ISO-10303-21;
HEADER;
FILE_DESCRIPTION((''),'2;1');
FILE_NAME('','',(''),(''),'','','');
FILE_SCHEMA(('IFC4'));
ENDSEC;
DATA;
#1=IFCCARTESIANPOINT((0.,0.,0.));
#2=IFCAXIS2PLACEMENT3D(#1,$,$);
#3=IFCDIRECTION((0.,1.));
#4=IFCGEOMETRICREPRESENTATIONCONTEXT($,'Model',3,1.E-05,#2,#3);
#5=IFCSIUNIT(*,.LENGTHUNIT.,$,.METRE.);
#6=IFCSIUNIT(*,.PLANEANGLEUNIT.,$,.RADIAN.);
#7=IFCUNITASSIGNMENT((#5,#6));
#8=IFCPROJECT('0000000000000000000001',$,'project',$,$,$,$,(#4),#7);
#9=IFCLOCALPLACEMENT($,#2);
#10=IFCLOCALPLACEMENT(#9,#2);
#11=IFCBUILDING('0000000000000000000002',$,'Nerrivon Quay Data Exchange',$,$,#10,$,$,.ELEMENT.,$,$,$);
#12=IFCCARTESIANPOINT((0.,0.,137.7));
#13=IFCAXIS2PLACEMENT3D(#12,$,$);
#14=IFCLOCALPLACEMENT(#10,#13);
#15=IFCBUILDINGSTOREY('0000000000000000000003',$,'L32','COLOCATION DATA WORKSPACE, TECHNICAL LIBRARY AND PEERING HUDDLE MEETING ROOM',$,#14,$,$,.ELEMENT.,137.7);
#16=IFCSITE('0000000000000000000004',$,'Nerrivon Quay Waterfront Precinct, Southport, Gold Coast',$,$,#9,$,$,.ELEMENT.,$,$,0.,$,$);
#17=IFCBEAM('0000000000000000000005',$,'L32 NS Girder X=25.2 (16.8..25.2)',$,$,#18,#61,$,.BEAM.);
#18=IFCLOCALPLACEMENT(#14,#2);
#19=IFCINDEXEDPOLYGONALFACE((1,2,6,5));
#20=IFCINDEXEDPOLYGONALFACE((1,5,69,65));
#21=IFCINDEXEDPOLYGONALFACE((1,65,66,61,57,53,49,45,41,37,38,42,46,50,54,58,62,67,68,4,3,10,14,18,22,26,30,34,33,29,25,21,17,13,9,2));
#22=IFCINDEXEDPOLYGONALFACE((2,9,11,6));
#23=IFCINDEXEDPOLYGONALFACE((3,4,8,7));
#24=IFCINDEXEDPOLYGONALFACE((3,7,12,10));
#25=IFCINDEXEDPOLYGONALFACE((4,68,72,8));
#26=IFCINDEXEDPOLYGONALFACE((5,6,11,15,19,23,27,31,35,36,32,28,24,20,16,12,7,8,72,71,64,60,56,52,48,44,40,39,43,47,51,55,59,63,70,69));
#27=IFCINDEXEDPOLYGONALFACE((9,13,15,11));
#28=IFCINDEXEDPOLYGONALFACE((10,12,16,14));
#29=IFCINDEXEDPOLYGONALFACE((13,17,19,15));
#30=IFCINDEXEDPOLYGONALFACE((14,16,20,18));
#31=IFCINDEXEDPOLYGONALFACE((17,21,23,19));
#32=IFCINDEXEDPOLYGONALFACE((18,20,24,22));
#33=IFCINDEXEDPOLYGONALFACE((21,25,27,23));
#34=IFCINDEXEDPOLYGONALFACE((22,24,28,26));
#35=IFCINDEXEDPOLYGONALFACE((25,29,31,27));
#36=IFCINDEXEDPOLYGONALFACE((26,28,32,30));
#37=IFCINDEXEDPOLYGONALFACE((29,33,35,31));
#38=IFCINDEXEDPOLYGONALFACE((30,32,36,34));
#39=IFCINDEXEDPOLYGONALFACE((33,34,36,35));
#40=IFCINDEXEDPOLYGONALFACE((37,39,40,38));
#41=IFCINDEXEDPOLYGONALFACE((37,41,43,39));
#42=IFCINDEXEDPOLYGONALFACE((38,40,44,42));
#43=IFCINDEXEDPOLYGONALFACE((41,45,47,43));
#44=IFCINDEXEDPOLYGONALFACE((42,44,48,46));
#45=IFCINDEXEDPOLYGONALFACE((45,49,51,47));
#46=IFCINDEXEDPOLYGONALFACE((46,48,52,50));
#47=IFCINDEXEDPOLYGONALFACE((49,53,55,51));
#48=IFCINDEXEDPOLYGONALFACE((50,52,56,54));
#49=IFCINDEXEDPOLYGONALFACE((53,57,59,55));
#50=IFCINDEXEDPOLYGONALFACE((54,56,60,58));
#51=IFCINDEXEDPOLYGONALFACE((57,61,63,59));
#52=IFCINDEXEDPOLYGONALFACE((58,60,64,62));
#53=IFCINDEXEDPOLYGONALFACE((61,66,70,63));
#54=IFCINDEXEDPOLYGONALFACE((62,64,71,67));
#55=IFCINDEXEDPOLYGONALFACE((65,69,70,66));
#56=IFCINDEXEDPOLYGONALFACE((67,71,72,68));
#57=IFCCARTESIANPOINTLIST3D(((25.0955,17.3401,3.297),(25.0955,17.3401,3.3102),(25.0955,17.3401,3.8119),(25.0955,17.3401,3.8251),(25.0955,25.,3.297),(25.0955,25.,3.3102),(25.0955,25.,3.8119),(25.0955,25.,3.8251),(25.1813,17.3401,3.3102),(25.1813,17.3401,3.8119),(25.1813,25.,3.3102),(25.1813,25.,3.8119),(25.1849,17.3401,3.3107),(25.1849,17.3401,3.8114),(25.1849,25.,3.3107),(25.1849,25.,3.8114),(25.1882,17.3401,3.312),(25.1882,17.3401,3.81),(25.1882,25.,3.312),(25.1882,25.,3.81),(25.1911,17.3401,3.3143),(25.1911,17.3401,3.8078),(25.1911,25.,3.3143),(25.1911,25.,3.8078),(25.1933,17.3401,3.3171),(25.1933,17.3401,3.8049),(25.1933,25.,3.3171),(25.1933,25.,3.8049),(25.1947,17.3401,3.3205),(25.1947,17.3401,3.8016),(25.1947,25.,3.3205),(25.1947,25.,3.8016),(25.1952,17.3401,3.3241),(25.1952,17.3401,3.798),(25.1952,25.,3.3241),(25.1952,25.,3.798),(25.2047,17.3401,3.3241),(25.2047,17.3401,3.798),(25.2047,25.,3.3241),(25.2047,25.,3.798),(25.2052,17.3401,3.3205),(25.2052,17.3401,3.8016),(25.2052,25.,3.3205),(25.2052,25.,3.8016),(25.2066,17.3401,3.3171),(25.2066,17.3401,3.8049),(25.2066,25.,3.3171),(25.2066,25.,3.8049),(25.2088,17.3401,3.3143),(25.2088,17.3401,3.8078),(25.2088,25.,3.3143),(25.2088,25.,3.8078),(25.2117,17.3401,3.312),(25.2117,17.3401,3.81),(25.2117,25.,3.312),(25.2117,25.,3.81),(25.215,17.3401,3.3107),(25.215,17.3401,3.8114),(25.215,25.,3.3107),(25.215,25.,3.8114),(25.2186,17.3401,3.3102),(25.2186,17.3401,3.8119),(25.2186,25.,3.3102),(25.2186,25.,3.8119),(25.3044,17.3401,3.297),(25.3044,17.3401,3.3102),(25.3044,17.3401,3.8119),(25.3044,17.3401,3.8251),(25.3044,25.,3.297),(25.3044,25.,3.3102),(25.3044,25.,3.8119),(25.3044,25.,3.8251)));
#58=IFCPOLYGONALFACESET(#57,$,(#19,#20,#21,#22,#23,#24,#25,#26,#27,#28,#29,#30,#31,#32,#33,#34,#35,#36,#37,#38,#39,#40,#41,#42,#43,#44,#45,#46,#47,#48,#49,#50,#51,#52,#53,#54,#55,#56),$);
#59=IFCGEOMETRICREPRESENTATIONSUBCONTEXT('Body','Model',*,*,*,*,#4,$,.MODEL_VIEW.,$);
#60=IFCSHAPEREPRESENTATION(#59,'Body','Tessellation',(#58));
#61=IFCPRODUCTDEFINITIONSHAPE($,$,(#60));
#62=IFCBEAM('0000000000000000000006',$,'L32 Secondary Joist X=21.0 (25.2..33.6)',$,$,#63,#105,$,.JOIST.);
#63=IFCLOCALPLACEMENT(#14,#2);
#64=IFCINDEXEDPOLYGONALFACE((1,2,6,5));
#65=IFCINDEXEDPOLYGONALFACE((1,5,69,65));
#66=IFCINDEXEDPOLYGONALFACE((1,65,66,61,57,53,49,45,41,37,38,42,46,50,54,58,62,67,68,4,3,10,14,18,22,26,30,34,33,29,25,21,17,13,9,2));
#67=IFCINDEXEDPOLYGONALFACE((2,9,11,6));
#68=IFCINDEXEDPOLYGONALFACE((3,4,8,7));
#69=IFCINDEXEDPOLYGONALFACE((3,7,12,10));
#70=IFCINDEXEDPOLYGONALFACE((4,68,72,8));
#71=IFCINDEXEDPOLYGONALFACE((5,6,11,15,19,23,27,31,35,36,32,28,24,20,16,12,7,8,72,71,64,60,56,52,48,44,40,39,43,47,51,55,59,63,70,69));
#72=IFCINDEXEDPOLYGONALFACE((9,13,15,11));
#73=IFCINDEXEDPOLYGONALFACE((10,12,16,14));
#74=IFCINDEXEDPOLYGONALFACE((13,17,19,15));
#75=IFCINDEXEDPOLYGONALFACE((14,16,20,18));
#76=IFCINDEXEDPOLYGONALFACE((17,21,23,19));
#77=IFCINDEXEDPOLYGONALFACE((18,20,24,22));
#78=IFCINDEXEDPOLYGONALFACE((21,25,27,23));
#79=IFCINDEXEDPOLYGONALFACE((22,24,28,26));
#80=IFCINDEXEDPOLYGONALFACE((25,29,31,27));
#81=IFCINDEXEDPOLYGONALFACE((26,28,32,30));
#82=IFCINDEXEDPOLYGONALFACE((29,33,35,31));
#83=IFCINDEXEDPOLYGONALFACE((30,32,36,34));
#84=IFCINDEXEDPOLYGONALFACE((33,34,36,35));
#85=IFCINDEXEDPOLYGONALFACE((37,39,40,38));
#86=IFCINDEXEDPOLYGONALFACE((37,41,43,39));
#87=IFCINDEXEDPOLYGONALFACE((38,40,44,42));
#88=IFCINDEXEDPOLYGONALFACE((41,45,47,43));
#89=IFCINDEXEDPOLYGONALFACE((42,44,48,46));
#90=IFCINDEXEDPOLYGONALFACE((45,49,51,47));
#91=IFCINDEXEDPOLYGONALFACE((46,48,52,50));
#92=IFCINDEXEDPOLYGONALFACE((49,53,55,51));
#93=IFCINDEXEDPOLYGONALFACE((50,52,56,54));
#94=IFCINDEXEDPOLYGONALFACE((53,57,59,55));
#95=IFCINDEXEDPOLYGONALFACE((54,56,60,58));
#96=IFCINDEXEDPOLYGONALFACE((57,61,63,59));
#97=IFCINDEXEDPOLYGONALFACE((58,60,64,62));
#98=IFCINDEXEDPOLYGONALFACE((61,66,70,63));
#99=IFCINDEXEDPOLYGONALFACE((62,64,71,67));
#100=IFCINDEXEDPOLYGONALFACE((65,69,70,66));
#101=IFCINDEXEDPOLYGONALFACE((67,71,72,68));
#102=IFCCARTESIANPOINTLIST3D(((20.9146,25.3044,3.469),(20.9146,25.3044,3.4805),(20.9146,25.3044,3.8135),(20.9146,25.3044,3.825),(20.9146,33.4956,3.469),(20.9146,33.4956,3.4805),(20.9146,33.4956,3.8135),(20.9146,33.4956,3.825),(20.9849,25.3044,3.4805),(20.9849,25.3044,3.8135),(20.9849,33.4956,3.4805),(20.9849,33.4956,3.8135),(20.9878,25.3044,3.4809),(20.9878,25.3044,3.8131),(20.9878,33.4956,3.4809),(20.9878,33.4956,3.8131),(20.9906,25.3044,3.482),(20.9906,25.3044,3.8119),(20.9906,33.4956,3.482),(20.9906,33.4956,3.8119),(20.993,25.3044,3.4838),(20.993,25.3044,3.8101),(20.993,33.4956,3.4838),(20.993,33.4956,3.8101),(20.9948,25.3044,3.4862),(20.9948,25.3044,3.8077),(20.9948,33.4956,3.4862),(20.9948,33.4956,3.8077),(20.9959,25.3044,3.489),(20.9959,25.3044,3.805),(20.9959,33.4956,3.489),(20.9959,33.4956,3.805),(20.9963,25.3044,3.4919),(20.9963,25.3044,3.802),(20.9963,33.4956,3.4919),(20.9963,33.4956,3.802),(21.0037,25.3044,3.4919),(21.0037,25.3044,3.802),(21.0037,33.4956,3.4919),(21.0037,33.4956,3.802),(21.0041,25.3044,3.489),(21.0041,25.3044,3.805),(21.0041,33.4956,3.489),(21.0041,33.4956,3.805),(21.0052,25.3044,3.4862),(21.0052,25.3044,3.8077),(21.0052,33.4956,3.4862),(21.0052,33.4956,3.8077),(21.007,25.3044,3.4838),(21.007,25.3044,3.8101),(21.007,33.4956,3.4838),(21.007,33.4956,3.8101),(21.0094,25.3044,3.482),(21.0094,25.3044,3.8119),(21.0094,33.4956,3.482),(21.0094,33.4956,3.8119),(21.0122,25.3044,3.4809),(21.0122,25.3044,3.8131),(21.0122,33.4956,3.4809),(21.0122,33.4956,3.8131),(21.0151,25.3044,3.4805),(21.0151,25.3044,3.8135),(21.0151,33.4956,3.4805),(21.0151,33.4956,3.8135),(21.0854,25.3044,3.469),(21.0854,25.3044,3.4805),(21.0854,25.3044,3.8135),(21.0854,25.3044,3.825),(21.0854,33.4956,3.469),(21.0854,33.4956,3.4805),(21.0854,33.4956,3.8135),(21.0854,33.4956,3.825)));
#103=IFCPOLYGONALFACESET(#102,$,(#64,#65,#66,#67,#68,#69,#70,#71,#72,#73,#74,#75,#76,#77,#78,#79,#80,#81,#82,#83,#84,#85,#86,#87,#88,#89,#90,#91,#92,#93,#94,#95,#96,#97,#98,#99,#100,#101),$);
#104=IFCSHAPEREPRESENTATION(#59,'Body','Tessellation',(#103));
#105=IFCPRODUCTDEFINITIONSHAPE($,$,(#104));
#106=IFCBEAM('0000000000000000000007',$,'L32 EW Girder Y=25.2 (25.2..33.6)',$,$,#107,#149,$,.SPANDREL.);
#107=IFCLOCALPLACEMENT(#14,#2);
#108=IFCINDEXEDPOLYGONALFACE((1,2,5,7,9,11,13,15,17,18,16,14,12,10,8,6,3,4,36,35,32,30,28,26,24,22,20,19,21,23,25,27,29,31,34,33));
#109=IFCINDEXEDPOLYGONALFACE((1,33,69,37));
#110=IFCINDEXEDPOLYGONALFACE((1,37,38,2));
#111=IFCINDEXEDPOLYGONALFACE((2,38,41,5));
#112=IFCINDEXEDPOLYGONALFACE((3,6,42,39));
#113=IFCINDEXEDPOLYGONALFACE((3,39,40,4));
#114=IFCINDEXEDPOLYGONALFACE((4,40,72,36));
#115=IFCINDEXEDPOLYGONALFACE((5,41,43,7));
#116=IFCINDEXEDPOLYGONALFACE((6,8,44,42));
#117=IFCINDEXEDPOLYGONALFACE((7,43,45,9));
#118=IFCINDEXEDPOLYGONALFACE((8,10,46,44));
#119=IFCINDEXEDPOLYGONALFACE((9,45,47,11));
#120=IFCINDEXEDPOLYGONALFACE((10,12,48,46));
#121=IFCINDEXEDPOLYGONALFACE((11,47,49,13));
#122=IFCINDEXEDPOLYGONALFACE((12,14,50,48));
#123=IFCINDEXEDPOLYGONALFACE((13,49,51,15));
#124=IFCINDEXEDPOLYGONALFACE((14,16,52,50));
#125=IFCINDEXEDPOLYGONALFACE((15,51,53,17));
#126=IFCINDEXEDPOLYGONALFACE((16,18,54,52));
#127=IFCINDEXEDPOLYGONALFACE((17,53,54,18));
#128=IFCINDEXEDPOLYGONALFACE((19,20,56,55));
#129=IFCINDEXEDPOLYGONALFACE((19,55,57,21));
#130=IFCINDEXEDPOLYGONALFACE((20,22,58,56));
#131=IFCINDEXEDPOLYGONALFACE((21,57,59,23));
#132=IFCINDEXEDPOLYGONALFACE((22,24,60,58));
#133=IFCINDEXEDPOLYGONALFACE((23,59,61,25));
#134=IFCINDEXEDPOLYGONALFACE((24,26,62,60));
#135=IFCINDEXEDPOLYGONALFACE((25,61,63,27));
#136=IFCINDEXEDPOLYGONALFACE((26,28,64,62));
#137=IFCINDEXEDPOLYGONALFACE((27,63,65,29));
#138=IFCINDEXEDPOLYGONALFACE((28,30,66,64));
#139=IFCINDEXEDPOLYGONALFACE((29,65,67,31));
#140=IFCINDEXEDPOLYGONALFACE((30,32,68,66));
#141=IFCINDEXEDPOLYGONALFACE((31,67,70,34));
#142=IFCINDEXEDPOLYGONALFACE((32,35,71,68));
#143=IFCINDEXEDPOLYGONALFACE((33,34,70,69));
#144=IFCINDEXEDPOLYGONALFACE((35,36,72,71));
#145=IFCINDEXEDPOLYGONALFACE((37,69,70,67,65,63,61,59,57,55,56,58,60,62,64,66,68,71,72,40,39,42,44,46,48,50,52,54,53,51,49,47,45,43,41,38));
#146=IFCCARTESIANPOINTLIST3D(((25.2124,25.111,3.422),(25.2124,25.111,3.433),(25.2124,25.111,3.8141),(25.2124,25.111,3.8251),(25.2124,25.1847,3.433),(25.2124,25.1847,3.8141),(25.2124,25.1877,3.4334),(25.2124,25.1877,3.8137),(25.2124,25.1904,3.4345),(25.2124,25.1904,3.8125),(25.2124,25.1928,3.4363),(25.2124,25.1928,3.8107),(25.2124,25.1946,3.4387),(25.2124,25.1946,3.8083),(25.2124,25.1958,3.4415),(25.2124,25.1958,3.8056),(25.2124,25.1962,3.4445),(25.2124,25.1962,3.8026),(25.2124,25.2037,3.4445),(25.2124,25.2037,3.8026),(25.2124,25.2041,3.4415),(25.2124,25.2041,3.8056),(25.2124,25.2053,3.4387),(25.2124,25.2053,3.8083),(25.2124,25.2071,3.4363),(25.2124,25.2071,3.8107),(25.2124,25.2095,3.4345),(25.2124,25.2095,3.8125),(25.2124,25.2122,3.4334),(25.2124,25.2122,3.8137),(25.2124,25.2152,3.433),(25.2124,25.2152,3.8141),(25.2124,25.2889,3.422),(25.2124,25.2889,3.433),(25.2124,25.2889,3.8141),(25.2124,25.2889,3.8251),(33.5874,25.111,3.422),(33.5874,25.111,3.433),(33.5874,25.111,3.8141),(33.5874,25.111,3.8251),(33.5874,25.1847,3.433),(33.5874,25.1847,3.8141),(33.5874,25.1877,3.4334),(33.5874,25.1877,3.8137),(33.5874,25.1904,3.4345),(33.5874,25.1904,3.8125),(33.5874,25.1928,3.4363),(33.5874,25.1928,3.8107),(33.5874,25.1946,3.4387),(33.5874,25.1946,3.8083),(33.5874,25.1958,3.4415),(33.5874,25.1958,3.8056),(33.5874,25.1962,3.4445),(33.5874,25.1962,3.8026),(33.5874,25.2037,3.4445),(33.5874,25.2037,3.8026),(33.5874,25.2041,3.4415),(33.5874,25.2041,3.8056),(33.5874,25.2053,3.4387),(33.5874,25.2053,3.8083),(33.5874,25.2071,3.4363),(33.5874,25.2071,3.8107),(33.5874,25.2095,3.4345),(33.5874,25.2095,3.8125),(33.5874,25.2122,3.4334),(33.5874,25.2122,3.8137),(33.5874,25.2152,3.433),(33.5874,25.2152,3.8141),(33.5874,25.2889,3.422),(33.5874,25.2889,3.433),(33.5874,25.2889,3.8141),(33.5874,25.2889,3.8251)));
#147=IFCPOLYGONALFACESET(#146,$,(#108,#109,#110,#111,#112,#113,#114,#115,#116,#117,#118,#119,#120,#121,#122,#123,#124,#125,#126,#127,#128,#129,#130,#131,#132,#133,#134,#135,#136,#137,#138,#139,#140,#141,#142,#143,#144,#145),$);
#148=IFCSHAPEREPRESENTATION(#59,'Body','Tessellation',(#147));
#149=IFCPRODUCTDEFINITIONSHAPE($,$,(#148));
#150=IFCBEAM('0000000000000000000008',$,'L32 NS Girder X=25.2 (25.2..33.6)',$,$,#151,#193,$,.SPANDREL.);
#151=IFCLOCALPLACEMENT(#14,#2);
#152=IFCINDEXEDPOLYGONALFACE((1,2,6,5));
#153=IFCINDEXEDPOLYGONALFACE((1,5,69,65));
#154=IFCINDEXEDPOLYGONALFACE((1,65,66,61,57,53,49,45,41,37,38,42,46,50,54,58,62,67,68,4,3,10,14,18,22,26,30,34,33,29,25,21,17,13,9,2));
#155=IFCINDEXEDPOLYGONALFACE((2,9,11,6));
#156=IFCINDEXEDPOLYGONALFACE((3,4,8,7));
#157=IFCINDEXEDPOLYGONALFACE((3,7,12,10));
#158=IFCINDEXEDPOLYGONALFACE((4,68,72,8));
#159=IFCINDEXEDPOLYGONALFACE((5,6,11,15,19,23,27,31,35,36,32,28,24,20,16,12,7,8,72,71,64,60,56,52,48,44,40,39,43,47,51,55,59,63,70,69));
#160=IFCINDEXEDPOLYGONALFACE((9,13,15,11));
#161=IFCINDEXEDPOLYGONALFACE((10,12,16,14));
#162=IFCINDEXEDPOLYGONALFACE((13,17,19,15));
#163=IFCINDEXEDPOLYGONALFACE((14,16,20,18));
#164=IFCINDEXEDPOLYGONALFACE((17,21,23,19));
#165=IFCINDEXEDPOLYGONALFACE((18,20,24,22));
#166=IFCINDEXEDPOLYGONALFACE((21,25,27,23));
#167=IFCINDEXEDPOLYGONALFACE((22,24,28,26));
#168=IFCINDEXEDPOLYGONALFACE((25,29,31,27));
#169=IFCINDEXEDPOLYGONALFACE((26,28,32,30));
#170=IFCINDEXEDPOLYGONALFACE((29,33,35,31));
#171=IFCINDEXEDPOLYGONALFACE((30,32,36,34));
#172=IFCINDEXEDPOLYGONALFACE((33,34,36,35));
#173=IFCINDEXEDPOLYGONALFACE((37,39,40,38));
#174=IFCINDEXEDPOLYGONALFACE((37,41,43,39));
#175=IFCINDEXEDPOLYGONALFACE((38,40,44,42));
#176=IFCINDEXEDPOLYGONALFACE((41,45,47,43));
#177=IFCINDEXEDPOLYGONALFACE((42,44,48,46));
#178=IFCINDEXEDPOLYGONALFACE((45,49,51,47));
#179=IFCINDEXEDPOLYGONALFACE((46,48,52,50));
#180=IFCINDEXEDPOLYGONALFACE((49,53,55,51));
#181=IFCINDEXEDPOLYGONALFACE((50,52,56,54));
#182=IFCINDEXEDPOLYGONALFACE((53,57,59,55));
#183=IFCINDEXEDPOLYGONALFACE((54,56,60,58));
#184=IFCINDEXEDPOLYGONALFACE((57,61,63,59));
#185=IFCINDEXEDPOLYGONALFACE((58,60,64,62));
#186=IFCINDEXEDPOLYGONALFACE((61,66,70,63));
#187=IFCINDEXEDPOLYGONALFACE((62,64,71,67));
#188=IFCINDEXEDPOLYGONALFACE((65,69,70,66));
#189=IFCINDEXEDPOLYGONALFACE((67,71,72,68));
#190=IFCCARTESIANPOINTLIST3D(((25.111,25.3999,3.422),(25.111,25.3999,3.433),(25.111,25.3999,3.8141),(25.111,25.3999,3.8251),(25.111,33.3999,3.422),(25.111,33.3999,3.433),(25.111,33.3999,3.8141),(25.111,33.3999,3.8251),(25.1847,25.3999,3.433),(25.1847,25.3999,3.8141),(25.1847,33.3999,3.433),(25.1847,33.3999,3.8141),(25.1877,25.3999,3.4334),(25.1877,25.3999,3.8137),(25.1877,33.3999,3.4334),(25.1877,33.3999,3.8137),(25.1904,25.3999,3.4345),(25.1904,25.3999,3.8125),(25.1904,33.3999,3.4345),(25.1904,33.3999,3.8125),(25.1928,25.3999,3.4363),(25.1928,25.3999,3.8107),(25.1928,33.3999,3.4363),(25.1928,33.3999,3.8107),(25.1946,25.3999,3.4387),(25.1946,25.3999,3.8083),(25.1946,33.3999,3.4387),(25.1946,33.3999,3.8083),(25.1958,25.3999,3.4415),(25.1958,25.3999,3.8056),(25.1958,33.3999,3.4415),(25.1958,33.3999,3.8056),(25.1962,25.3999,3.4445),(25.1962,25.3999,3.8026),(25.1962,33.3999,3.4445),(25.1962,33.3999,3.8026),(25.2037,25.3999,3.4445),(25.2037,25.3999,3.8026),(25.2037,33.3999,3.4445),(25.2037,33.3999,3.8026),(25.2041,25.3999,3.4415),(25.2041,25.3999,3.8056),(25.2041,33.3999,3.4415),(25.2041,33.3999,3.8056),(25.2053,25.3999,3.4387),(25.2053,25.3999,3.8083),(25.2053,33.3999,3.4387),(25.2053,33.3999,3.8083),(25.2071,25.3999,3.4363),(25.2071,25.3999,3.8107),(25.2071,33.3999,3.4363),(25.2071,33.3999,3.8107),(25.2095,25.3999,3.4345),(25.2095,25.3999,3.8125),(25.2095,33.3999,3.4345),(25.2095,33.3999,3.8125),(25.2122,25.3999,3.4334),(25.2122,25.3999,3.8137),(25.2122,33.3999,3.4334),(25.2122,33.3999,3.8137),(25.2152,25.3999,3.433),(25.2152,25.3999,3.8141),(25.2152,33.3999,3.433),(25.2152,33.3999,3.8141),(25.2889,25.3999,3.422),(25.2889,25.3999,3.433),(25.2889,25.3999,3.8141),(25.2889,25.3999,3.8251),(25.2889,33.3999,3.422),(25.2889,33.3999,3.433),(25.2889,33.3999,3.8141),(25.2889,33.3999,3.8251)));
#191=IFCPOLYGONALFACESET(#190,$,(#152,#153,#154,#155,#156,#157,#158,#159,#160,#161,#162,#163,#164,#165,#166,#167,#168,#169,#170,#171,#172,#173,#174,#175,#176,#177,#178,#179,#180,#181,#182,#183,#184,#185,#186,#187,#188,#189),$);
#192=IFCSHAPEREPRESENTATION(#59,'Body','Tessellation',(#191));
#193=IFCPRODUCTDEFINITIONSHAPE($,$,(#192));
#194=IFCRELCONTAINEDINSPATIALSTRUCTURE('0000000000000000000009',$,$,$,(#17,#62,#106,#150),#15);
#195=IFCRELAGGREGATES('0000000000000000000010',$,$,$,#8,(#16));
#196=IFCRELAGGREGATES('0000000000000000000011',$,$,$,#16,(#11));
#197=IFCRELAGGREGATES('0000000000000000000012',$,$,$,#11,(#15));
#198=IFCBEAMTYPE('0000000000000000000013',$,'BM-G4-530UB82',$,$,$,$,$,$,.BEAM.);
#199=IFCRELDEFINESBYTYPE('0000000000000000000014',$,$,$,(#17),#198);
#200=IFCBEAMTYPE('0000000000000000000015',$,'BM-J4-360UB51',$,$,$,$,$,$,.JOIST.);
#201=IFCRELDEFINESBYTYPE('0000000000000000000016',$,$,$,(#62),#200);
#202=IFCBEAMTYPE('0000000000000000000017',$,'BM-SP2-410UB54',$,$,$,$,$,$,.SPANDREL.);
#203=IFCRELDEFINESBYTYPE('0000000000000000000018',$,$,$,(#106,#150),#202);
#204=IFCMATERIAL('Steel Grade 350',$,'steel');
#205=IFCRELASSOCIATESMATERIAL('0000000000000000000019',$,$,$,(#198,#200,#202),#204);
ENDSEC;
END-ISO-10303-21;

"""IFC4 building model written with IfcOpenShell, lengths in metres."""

from ifc_helpers import new_model, si_unit, direction, frame, origin, origin_2d, place, context, subcontext, project, spatial, i_section, extrude, material, material_profile, profile_set, type_object, element, save


model = new_model("IFC4")

# Units and contexts
model_context = context("Model", 3, precision=1e-05, world=origin(), true_north=direction((0.0, 1.0)))
body_context = subcontext(model_context, "Body", "Model", "MODEL_VIEW")
ifc_project = project(units=[si_unit("LENGTHUNIT", "METRE"), si_unit("PLANEANGLEUNIT", "RADIAN")], contexts=[model_context])

# Site, building, storey
site_placement = place(None, origin())
site = spatial("IfcSite", under=ifc_project, at=site_placement, Name="Nerrivon Quay Waterfront Precinct, Southport, Gold Coast", CompositionType="ELEMENT", RefElevation=0.0)
building_placement = place(site_placement, origin())
building = spatial("IfcBuilding", under=site, at=building_placement, Name="Nerrivon Quay Data Exchange", CompositionType="ELEMENT")
storey_placement = place(building_placement, frame((0.0, 0.0, 137.7)))
storey = spatial("IfcBuildingStorey", under=building, at=storey_placement, Name="L32", Description="COLOCATION DATA WORKSPACE, TECHNICAL LIBRARY AND PEERING HUDDLE MEETING ROOM", CompositionType="ELEMENT", Elevation=137.7)

# Shared definitions
ifc_material_1 = material(Name="Steel Grade 350", Category="steel")

# Beams
ifc_material_profile_1 = material_profile(ifc_material_1, i_section(OverallWidth=0.209, OverallDepth=0.5281, WebThickness=0.0095, FlangeThickness=0.0132, FilletRadius=0.0139, at=origin_2d()), Name="530UB82.0")
ifc_profile_set_1 = profile_set([ifc_material_profile_1], Name="Steel Grade 350")
beam_type_1 = type_object("IfcBeamType", Name="BM-G4-530UB82", PredefinedType="BEAM", material=ifc_profile_set_1)
beam_1_placement = place(storey_placement, frame((25.2, 17.3401, 3.561), z_axis=(0.0, 1.0, 0.0), x_axis=(-1.0, 0.0, 0.0)))
element("IfcBeam", 1, at=beam_1_placement, inside=storey, type_object=beam_type_1, Name="L32 NS Girder X=25.2 (16.8..25.2)", PredefinedType="BEAM", context=body_context, shape_type="SweptSolid", body=[
    extrude(i_section(OverallWidth=0.209, OverallDepth=0.5281, WebThickness=0.0095, FlangeThickness=0.0132, FilletRadius=0.0139, at=origin_2d()), origin(), (0.0, 0.0, 1.0), 7.6599),
])
ifc_material_profile_2 = material_profile(ifc_material_1, i_section(OverallWidth=0.1709, OverallDepth=0.356, WebThickness=0.0073, FlangeThickness=0.0115, FilletRadius=0.0115, at=origin_2d()), Name="360UB50.7")
ifc_profile_set_2 = profile_set([ifc_material_profile_2], Name="Steel Grade 350")
beam_type_2 = type_object("IfcBeamType", Name="BM-J4-360UB51", PredefinedType="JOIST", material=ifc_profile_set_2)
beam_2_placement = place(storey_placement, frame((21.0, 25.3044, 3.647), z_axis=(0.0, 1.0, 0.0), x_axis=(-1.0, 0.0, 0.0)))
element("IfcBeam", 2, at=beam_2_placement, inside=storey, type_object=beam_type_2, Name="L32 Secondary Joist X=21.0 (25.2..33.6)", PredefinedType="JOIST", context=body_context, shape_type="SweptSolid", body=[
    extrude(i_section(OverallWidth=0.1709, OverallDepth=0.356, WebThickness=0.0073, FlangeThickness=0.0115, FilletRadius=0.0115, at=origin_2d()), origin(), (0.0, 0.0, 1.0), 8.1912),
])
ifc_material_profile_3 = material_profile(ifc_material_1, i_section(OverallWidth=0.178, OverallDepth=0.4031, WebThickness=0.0076, FlangeThickness=0.011, FilletRadius=0.0115, at=origin_2d()), Name="410UB53.7")
ifc_profile_set_3 = profile_set([ifc_material_profile_3], Name="Steel Grade 350")
beam_type_3 = type_object("IfcBeamType", Name="BM-SP2-410UB54", PredefinedType="SPANDREL", material=ifc_profile_set_3)
beam_3_placement = place(storey_placement, frame((25.2124, 25.2, 3.6235), z_axis=(1.0, 0.0, 0.0), x_axis=(0.0, 1.0, 0.0)))
element("IfcBeam", 3, at=beam_3_placement, inside=storey, type_object=beam_type_3, Name="L32 EW Girder Y=25.2 (25.2..33.6)", PredefinedType="SPANDREL", context=body_context, shape_type="SweptSolid", body=[
    extrude(i_section(OverallWidth=0.178, OverallDepth=0.4031, WebThickness=0.0076, FlangeThickness=0.011, FilletRadius=0.0115, at=origin_2d()), origin(), (0.0, 0.0, 1.0), 8.375),
])
beam_4_placement = place(storey_placement, frame((25.2, 25.3999, 3.6235), z_axis=(0.0, 1.0, 0.0), x_axis=(-1.0, 0.0, 0.0)))
element("IfcBeam", 4, at=beam_4_placement, inside=storey, type_object=beam_type_3, Name="L32 NS Girder X=25.2 (25.2..33.6)", PredefinedType="SPANDREL", context=body_context, shape_type="SweptSolid", body=[
    extrude(i_section(OverallWidth=0.178, OverallDepth=0.4031, WebThickness=0.0076, FlangeThickness=0.011, FilletRadius=0.0115, at=origin_2d()), origin(), (0.0, 0.0, 1.0), 8.0),
])

save(model, "model.ifc")
